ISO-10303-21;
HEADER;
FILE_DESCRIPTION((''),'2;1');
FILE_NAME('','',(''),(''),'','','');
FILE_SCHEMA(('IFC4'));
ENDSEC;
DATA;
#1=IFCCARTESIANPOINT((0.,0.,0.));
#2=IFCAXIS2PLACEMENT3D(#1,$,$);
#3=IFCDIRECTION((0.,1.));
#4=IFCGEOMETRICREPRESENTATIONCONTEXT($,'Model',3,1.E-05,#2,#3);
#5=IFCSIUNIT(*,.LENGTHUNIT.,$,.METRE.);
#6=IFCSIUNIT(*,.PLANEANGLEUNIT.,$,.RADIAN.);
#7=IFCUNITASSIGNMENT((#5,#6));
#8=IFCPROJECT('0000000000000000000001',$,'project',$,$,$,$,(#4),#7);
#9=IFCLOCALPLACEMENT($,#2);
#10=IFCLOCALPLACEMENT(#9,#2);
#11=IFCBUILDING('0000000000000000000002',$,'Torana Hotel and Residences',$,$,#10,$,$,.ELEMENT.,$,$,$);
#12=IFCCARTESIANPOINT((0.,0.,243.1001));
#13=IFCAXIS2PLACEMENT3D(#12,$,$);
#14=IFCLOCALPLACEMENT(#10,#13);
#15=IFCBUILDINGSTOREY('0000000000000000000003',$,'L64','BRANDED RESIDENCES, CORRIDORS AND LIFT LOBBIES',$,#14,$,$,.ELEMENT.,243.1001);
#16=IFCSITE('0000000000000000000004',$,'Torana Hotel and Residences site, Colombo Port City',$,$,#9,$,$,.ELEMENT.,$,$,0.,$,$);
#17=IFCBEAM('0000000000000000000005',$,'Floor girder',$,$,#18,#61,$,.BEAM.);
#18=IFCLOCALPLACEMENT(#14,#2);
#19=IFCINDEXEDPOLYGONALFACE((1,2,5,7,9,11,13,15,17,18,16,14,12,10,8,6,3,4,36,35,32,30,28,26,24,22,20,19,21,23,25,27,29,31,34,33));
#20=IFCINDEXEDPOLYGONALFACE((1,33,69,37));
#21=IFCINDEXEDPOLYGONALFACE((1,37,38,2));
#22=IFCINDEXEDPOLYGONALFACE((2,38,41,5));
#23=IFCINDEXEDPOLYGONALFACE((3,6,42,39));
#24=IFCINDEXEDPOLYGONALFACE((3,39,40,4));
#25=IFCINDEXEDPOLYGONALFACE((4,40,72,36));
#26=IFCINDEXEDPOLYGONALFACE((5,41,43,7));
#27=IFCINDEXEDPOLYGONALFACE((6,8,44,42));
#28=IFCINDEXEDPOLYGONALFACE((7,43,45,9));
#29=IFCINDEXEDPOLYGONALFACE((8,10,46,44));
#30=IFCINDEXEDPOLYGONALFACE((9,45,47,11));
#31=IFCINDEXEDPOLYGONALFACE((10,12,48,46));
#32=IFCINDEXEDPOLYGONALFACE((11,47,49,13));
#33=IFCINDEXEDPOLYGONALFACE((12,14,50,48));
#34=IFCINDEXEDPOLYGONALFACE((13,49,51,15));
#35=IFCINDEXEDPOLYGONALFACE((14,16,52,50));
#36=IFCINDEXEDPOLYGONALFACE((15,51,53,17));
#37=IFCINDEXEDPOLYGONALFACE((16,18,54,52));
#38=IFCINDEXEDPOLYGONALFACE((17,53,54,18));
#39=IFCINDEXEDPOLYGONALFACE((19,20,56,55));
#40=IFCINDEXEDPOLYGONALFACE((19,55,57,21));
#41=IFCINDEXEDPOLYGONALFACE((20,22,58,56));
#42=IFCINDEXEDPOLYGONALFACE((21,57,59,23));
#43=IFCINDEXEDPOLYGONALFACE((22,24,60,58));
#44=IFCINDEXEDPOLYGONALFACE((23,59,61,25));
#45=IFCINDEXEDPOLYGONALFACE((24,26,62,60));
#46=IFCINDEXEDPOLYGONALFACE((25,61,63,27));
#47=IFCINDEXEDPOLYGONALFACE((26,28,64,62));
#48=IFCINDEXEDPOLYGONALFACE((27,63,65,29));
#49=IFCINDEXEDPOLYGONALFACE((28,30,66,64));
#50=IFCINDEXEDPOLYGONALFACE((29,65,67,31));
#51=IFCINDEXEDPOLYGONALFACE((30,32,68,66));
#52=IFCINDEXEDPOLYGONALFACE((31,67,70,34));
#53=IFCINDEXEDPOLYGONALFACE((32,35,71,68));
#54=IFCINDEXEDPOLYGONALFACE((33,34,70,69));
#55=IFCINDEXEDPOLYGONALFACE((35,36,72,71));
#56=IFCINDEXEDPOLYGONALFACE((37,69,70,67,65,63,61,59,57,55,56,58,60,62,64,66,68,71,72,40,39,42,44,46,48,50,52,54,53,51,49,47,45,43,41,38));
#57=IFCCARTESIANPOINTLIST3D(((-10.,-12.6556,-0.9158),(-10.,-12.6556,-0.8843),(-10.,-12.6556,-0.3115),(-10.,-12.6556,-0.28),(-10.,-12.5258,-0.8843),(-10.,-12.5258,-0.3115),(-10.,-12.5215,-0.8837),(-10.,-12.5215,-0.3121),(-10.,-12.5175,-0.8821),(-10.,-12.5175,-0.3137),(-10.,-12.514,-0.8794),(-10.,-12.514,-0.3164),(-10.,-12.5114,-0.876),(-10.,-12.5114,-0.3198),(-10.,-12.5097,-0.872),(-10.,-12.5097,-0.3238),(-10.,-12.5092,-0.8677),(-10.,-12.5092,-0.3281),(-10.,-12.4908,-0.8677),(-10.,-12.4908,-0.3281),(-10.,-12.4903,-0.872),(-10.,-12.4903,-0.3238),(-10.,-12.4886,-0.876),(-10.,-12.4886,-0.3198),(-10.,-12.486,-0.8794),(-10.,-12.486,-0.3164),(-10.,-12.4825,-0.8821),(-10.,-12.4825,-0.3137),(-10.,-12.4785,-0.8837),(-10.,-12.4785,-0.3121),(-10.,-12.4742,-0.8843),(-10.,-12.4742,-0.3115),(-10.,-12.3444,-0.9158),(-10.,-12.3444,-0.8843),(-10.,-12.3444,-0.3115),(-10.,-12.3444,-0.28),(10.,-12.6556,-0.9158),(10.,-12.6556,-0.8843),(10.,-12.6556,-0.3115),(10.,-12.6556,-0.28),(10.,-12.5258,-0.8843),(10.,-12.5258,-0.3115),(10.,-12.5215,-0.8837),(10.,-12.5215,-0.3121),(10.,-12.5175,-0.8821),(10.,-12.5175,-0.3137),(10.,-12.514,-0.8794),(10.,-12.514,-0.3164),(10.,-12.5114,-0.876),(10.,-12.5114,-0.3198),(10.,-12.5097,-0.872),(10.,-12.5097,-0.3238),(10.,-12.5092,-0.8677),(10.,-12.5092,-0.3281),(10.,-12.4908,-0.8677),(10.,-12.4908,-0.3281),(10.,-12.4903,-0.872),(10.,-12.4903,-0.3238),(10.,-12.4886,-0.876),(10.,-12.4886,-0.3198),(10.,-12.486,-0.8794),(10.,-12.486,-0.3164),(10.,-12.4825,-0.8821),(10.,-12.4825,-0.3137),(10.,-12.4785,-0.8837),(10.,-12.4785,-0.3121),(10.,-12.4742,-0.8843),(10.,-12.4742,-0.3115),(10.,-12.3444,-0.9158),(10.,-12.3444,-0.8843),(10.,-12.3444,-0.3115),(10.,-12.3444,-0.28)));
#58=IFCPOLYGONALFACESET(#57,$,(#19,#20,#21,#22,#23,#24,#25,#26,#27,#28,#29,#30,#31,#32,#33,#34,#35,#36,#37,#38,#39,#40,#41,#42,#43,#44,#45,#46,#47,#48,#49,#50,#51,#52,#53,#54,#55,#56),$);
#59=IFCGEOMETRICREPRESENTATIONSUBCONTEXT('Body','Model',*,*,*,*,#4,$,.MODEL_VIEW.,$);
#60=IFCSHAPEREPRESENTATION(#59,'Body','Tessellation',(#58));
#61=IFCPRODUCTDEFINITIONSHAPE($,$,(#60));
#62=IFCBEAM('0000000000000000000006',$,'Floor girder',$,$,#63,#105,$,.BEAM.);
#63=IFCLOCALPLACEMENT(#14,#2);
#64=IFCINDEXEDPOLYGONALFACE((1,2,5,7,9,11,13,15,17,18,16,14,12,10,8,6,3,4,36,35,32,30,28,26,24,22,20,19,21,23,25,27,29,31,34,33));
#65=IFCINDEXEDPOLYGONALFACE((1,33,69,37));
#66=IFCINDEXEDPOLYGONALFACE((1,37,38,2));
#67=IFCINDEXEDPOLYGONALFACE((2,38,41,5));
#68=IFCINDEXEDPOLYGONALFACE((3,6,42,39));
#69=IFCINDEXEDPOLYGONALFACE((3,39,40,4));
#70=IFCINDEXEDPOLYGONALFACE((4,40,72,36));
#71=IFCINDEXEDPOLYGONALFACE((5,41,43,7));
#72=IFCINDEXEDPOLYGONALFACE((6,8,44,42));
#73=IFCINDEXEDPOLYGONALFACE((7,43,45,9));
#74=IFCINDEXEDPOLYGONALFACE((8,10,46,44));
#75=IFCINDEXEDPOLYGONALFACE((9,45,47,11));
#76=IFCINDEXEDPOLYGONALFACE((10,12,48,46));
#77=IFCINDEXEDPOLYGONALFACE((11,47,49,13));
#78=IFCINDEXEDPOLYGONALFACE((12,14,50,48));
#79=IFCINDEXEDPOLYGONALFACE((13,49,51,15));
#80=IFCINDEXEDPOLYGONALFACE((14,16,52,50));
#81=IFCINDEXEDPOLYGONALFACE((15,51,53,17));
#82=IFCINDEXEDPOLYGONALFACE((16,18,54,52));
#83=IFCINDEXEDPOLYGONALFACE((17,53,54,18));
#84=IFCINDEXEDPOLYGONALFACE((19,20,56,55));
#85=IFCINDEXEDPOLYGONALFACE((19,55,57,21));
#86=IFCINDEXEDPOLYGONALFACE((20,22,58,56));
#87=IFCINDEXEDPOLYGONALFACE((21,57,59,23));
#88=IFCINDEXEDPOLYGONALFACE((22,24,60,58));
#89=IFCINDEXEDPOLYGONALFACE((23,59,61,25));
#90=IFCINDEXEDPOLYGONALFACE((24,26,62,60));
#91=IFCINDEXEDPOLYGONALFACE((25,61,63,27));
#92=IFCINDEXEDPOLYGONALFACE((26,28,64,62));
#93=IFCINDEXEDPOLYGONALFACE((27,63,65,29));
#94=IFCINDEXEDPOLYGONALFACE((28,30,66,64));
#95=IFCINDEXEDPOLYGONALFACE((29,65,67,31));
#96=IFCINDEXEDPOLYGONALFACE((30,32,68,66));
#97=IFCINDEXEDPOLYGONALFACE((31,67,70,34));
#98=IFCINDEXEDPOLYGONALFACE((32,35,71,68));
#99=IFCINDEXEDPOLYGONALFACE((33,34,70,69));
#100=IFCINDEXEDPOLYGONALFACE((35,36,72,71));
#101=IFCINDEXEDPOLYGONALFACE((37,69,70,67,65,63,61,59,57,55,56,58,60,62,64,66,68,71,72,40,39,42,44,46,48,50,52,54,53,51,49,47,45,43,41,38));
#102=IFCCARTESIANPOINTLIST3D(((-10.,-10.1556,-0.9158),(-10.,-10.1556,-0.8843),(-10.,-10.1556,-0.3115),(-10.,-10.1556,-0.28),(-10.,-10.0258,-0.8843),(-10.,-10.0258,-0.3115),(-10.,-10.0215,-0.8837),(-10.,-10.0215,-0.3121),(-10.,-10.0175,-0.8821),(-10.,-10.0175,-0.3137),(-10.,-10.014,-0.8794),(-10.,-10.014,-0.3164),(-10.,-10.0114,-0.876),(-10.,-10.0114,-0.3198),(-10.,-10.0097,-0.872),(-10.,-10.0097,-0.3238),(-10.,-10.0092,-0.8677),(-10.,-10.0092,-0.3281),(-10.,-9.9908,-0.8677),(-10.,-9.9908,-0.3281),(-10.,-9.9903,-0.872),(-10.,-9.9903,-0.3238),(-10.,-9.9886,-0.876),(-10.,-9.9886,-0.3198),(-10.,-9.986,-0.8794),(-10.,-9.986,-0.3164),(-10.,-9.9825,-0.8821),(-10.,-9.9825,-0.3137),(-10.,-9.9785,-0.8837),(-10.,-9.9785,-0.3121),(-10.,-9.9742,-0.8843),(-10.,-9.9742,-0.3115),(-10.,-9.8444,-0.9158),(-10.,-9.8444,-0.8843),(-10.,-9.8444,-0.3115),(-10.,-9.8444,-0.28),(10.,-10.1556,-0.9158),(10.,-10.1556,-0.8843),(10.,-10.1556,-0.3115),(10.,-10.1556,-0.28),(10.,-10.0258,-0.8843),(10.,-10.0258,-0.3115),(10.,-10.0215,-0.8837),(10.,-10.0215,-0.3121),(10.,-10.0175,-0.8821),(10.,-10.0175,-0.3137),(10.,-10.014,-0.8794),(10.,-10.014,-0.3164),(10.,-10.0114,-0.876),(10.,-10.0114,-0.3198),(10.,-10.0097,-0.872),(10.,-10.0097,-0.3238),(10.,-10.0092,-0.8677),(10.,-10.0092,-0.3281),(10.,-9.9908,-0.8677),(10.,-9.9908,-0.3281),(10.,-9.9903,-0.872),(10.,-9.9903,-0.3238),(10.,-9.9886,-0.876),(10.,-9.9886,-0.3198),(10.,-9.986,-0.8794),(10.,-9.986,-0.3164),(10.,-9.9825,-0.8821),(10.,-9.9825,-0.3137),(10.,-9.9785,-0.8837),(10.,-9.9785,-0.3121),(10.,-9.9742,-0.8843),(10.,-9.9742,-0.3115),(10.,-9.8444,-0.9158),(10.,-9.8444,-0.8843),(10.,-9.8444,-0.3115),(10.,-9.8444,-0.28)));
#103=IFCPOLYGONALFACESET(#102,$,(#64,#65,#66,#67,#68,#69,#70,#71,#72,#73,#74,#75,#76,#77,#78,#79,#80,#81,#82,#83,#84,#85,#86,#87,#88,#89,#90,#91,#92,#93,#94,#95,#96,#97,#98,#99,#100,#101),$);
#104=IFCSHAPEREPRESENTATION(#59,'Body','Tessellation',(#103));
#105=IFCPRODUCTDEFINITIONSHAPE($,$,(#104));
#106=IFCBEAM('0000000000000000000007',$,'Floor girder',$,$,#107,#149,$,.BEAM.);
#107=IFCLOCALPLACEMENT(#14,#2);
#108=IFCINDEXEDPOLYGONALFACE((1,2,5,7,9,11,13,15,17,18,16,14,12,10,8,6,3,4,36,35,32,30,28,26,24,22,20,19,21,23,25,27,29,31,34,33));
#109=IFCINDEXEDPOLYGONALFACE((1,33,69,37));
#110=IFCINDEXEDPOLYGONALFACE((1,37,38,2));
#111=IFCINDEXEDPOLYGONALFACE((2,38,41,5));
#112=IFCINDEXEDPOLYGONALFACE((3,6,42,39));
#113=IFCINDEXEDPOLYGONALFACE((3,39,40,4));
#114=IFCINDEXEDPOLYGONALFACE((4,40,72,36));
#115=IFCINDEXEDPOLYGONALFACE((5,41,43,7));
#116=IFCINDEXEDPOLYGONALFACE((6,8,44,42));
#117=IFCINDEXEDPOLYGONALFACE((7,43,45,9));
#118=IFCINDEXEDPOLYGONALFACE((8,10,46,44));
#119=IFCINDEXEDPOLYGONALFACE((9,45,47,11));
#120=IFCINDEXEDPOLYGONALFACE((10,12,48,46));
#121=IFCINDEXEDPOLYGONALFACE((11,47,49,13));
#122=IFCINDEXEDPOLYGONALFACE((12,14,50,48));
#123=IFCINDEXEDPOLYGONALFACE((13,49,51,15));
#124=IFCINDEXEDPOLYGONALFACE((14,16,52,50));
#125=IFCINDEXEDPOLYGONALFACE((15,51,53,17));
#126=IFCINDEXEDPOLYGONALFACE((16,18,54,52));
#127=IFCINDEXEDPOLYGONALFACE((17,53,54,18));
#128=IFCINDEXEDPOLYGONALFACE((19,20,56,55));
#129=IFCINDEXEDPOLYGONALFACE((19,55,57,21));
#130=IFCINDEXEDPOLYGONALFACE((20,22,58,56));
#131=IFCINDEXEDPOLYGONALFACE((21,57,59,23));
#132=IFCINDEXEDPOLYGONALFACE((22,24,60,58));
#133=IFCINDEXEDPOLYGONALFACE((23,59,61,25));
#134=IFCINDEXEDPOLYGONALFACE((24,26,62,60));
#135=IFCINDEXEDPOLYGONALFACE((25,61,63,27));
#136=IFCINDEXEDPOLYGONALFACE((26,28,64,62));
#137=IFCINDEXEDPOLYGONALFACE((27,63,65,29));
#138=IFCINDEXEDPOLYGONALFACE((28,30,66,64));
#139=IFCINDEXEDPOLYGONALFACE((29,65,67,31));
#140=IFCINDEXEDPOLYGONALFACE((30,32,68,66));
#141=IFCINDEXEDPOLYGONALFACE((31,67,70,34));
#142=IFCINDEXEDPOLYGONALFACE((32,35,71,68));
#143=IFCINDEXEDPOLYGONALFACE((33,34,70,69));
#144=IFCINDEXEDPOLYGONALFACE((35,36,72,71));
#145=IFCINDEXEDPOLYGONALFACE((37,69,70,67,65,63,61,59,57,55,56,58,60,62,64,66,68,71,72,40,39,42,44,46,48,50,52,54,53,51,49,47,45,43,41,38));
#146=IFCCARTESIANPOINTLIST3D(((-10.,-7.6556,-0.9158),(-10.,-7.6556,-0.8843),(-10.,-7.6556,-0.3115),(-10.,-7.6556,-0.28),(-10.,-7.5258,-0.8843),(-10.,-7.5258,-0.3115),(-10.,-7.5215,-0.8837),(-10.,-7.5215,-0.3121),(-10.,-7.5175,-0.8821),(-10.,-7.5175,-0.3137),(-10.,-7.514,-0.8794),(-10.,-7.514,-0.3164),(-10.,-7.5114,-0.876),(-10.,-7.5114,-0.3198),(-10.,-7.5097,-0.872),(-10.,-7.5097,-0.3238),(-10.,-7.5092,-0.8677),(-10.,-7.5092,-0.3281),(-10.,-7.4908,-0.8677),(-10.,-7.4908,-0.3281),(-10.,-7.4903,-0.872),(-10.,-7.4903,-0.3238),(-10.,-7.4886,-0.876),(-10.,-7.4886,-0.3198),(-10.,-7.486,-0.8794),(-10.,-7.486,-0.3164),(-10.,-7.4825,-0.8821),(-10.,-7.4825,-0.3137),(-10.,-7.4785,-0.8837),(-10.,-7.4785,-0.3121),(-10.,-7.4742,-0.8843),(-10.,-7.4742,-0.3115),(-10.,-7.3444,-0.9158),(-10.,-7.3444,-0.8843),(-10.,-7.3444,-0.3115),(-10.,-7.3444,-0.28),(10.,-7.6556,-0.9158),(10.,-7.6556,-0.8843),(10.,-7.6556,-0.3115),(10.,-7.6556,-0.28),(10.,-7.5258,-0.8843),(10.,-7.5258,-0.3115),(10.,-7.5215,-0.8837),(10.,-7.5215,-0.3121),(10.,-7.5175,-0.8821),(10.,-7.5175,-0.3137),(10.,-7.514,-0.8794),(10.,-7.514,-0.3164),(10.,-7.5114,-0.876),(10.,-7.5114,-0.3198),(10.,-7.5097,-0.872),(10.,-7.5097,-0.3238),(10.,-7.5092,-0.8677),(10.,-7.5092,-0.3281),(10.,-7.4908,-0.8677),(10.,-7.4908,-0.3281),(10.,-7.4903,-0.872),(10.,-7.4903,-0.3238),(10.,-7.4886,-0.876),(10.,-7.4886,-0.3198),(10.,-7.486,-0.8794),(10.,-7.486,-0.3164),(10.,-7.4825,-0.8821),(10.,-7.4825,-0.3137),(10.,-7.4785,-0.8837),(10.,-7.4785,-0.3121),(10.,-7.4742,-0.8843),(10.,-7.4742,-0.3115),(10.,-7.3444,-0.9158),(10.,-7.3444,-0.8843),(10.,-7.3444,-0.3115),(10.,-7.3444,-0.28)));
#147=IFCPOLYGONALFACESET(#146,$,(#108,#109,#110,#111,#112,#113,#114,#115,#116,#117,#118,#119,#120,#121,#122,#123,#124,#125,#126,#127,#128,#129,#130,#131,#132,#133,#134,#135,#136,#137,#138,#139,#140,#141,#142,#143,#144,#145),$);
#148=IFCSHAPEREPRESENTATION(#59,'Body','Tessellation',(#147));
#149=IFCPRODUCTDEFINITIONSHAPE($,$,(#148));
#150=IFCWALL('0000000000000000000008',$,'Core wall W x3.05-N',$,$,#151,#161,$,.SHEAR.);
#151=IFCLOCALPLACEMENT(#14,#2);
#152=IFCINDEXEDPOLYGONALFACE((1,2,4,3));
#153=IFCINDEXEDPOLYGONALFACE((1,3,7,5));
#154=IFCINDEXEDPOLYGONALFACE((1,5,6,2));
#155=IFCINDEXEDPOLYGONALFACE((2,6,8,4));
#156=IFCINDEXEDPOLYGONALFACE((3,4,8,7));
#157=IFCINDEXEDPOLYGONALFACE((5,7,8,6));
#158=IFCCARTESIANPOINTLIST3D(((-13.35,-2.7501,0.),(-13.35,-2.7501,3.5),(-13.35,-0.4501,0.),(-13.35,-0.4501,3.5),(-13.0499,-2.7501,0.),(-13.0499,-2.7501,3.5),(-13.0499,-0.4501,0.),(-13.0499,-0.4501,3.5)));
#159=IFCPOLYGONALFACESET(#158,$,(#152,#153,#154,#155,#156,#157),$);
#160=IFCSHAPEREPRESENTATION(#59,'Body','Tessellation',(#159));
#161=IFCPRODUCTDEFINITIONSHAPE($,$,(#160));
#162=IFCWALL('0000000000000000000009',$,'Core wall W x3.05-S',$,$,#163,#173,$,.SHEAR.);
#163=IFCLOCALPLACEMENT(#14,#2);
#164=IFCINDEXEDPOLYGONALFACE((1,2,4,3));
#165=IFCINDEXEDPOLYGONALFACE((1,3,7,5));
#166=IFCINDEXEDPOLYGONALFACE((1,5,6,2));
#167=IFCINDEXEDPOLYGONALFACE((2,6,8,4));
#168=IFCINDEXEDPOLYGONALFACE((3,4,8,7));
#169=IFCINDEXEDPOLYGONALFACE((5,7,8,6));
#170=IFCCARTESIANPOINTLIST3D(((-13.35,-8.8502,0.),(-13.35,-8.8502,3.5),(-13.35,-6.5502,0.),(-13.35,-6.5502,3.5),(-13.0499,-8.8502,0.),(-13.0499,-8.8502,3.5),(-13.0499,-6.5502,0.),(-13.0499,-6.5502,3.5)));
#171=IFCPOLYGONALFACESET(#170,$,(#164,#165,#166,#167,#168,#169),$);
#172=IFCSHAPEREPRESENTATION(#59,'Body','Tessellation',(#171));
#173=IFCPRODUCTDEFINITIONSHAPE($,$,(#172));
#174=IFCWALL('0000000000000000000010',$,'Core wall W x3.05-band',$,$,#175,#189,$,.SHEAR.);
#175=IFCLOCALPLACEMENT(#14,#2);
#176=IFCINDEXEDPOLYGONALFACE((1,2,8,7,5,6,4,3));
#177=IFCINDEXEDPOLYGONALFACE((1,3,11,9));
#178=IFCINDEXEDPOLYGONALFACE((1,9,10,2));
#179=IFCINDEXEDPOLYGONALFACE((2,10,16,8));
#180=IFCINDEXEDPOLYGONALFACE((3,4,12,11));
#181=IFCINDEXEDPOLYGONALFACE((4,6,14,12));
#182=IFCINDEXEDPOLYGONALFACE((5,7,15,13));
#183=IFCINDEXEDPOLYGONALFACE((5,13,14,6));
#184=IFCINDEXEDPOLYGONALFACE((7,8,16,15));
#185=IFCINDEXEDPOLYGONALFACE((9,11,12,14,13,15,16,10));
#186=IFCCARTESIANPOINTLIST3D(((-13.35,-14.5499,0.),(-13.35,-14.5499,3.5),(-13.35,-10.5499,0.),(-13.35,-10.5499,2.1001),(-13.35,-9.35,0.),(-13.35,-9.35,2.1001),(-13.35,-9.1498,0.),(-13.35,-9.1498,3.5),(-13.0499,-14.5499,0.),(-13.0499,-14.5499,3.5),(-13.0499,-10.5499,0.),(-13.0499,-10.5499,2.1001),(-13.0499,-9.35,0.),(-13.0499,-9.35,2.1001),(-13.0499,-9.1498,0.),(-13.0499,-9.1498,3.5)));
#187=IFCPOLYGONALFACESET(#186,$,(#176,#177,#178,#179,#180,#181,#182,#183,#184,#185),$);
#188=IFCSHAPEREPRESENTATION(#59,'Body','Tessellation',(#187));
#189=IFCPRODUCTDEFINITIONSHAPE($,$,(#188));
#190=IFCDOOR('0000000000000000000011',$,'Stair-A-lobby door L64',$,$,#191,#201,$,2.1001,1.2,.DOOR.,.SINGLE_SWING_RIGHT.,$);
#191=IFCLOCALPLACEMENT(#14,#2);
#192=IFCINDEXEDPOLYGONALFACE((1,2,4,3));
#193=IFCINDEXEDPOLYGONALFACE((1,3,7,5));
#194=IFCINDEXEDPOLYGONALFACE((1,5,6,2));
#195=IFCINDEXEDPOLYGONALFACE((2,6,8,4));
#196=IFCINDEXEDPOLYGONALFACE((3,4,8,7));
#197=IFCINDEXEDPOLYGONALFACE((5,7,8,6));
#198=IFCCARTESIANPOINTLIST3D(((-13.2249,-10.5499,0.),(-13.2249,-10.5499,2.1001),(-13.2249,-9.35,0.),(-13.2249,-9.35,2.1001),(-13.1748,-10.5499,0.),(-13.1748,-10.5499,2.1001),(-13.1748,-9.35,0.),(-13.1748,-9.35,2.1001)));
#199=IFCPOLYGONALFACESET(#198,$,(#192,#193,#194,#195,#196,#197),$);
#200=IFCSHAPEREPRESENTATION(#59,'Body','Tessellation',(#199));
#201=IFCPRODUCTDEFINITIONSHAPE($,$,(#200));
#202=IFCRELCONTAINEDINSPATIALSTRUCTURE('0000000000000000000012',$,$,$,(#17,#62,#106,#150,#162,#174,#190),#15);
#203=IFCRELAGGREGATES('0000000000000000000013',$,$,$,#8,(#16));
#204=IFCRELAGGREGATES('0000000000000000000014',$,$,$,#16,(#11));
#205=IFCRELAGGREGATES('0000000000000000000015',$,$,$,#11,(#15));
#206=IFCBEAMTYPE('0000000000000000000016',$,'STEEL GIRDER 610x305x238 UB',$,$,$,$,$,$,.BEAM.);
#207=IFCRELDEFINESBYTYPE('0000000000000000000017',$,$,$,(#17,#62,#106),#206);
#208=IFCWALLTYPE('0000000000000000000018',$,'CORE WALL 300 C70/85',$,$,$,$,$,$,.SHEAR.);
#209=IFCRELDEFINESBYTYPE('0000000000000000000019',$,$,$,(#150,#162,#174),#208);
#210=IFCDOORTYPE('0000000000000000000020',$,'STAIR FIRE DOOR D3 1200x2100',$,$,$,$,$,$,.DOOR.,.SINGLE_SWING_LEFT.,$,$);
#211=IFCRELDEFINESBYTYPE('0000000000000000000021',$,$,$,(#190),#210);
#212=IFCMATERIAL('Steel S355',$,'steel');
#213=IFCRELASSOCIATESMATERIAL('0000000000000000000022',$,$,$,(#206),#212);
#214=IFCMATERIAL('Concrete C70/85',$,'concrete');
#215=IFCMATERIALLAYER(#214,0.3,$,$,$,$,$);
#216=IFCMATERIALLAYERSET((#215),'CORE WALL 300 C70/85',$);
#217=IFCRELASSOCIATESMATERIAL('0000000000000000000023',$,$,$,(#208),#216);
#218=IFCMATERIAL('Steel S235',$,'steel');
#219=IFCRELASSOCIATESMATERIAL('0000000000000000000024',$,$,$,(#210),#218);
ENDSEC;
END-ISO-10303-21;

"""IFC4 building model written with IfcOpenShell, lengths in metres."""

from ifc_helpers import new_model, si_unit, direction, frame, frame_2d, origin, origin_2d, place, context, subcontext, project, spatial, rectangle, i_section, extrude, material, layer, layer_set, material_profile, profile_set, type_object, element, fill, save


model = new_model("IFC4")

# Units and contexts
model_context = context("Model", 3, precision=1e-05, world=origin(), true_north=direction((0.0, 1.0)))
body_context = subcontext(model_context, "Body", "Model", "MODEL_VIEW")
ifc_project = project(units=[si_unit("LENGTHUNIT", "METRE"), si_unit("PLANEANGLEUNIT", "RADIAN")], contexts=[model_context])

# Site, building, storey
site_placement = place(None, origin())
site = spatial("IfcSite", under=ifc_project, at=site_placement, Name="Torana Hotel and Residences site, Colombo Port City", CompositionType="ELEMENT", RefElevation=0.0)
building_placement = place(site_placement, origin())
building = spatial("IfcBuilding", under=site, at=building_placement, Name="Torana Hotel and Residences", CompositionType="ELEMENT")
storey_placement = place(building_placement, frame((0.0, 0.0, 243.1001)))
storey = spatial("IfcBuildingStorey", under=building, at=storey_placement, Name="L64", Description="BRANDED RESIDENCES, CORRIDORS AND LIFT LOBBIES", CompositionType="ELEMENT", Elevation=243.1001)

# Beams
ifc_material_1 = material(Name="Steel S355", Category="steel")
ifc_material_profile = material_profile(ifc_material_1, i_section(OverallWidth=0.3113, OverallDepth=0.6357, WebThickness=0.0183, FlangeThickness=0.0315, FilletRadius=0.0166, at=origin_2d()), Name="610x305x238 UB")
ifc_profile_set = profile_set([ifc_material_profile], Name="Steel S355")
beam_type = type_object("IfcBeamType", Name="STEEL GIRDER 610x305x238 UB", PredefinedType="BEAM", material=ifc_profile_set)
for number, where, z_axis, x_axis, name in (
    (1, (-10.0, -12.5, -0.5979), (1.0, 0.0, 0.0), (0.0, 1.0, 0.0), "Floor girder"),
    (2, (-10.0, -10.0, -0.5979), (1.0, 0.0, 0.0), (0.0, 1.0, 0.0), "Floor girder"),
    (3, (-10.0, -7.5, -0.5979), (1.0, 0.0, 0.0), (0.0, 1.0, 0.0), "Floor girder"),
):
    element("IfcBeam", number, at=place(storey_placement, frame(where, z_axis=z_axis, x_axis=x_axis)), inside=storey, type_object=beam_type, Name=name, PredefinedType="BEAM", context=body_context, shape_type="SweptSolid", body=[
        extrude(i_section(OverallWidth=0.3113, OverallDepth=0.6357, WebThickness=0.0183, FlangeThickness=0.0315, FilletRadius=0.0166, at=origin_2d()), origin(), (0.0, 0.0, 1.0), 20.0),
    ])

# Walls
ifc_material_2 = material(Name="Concrete C70/85", Category="concrete")
ifc_layer_1 = layer(ifc_material_2, 0.3)
ifc_layer_set_1 = layer_set([ifc_layer_1], Name="CORE WALL 300 C70/85")
wall_type_1 = type_object("IfcWallType", Name="CORE WALL 300 C70/85", PredefinedType="SHEAR", material=ifc_layer_set_1)
for number, where, z_axis, x_axis, name in (
    (4, (-13.2, -2.75, 0.0), (0.0, 0.0, 1.0), (0.0, 1.0, 0.0), "Core wall W x3.05-N"),
    (5, (-13.2, -8.8501, 0.0), (0.0, 0.0, 1.0), (0.0, 1.0, 0.0), "Core wall W x3.05-S"),
):
    element("IfcWall", number, at=place(storey_placement, frame(where, z_axis=z_axis, x_axis=x_axis)), inside=storey, type_object=wall_type_1, Name=name, PredefinedType="SHEAR", context=body_context, shape_type="SweptSolid", body=[
        extrude(rectangle(XDim=2.3, YDim=0.3, at=frame_2d((1.1499, 0.0))), origin(), (0.0, 0.0, 1.0), 3.5),
    ])

# Wall, opening, door
wall_1_placement = place(storey_placement, frame((-13.2, -14.55, 0.0), z_axis=(0.0, 0.0, 1.0), x_axis=(0.0, 1.0, 0.0)))
wall_1 = element("IfcWall", 6, at=wall_1_placement, inside=storey, type_object=wall_type_1, Name="Core wall W x3.05-band", PredefinedType="SHEAR", context=body_context, shape_type="SweptSolid", body=[
    extrude(rectangle(XDim=5.4001, YDim=0.3, at=frame_2d((2.7002, 0.0))), origin(), (0.0, 0.0, 1.0), 3.5),
])
opening_1_placement = place(wall_1_placement, frame((4.0, 0.0, 0.0)))
opening_1 = element("IfcOpeningElement", 7, at=opening_1_placement, cuts=wall_1, PredefinedType="OPENING", context=body_context, shape_type="SweptSolid", body=[
    extrude(rectangle(XDim=1.2, YDim=2.1001, at=frame_2d((0.6001, 1.05))), frame((0.0, 0.1599, 0.0), z_axis=(0.0, -1.0, 0.0), x_axis=(1.0, 0.0, 0.0)), (0.0, 0.0, 1.0), 0.3201),
])
ifc_material_3 = material(Name="Steel S235", Category="steel")
door_type_1 = type_object("IfcDoorType", Name="STAIR FIRE DOOR D3 1200x2100", OperationType="SINGLE_SWING_LEFT", PredefinedType="DOOR", material=ifc_material_3)
door_1_placement = place(opening_1_placement, frame((0.6001, 0.0, 0.0), z_axis=(0.0, 0.0, 1.0), x_axis=(-1.0, 0.0, 0.0)))
door_1 = element("IfcDoor", 8, at=door_1_placement, inside=storey, type_object=door_type_1, Name="Stair-A-lobby door L64", OperationType="SINGLE_SWING_RIGHT", OverallHeight=2.1001, OverallWidth=1.2, PredefinedType="DOOR", context=body_context, shape_type="SweptSolid", body=[
    extrude(rectangle(XDim=1.2, YDim=2.1001, at=frame_2d((0.0, 1.05))), frame((0.0, -0.0249, 0.0), z_axis=(0.0, 1.0, 0.0), x_axis=(-1.0, 0.0, 0.0)), (0.0, 0.0, 1.0), 0.05),
])
fill(opening_1, door_1)

save(model, "model.ifc")
